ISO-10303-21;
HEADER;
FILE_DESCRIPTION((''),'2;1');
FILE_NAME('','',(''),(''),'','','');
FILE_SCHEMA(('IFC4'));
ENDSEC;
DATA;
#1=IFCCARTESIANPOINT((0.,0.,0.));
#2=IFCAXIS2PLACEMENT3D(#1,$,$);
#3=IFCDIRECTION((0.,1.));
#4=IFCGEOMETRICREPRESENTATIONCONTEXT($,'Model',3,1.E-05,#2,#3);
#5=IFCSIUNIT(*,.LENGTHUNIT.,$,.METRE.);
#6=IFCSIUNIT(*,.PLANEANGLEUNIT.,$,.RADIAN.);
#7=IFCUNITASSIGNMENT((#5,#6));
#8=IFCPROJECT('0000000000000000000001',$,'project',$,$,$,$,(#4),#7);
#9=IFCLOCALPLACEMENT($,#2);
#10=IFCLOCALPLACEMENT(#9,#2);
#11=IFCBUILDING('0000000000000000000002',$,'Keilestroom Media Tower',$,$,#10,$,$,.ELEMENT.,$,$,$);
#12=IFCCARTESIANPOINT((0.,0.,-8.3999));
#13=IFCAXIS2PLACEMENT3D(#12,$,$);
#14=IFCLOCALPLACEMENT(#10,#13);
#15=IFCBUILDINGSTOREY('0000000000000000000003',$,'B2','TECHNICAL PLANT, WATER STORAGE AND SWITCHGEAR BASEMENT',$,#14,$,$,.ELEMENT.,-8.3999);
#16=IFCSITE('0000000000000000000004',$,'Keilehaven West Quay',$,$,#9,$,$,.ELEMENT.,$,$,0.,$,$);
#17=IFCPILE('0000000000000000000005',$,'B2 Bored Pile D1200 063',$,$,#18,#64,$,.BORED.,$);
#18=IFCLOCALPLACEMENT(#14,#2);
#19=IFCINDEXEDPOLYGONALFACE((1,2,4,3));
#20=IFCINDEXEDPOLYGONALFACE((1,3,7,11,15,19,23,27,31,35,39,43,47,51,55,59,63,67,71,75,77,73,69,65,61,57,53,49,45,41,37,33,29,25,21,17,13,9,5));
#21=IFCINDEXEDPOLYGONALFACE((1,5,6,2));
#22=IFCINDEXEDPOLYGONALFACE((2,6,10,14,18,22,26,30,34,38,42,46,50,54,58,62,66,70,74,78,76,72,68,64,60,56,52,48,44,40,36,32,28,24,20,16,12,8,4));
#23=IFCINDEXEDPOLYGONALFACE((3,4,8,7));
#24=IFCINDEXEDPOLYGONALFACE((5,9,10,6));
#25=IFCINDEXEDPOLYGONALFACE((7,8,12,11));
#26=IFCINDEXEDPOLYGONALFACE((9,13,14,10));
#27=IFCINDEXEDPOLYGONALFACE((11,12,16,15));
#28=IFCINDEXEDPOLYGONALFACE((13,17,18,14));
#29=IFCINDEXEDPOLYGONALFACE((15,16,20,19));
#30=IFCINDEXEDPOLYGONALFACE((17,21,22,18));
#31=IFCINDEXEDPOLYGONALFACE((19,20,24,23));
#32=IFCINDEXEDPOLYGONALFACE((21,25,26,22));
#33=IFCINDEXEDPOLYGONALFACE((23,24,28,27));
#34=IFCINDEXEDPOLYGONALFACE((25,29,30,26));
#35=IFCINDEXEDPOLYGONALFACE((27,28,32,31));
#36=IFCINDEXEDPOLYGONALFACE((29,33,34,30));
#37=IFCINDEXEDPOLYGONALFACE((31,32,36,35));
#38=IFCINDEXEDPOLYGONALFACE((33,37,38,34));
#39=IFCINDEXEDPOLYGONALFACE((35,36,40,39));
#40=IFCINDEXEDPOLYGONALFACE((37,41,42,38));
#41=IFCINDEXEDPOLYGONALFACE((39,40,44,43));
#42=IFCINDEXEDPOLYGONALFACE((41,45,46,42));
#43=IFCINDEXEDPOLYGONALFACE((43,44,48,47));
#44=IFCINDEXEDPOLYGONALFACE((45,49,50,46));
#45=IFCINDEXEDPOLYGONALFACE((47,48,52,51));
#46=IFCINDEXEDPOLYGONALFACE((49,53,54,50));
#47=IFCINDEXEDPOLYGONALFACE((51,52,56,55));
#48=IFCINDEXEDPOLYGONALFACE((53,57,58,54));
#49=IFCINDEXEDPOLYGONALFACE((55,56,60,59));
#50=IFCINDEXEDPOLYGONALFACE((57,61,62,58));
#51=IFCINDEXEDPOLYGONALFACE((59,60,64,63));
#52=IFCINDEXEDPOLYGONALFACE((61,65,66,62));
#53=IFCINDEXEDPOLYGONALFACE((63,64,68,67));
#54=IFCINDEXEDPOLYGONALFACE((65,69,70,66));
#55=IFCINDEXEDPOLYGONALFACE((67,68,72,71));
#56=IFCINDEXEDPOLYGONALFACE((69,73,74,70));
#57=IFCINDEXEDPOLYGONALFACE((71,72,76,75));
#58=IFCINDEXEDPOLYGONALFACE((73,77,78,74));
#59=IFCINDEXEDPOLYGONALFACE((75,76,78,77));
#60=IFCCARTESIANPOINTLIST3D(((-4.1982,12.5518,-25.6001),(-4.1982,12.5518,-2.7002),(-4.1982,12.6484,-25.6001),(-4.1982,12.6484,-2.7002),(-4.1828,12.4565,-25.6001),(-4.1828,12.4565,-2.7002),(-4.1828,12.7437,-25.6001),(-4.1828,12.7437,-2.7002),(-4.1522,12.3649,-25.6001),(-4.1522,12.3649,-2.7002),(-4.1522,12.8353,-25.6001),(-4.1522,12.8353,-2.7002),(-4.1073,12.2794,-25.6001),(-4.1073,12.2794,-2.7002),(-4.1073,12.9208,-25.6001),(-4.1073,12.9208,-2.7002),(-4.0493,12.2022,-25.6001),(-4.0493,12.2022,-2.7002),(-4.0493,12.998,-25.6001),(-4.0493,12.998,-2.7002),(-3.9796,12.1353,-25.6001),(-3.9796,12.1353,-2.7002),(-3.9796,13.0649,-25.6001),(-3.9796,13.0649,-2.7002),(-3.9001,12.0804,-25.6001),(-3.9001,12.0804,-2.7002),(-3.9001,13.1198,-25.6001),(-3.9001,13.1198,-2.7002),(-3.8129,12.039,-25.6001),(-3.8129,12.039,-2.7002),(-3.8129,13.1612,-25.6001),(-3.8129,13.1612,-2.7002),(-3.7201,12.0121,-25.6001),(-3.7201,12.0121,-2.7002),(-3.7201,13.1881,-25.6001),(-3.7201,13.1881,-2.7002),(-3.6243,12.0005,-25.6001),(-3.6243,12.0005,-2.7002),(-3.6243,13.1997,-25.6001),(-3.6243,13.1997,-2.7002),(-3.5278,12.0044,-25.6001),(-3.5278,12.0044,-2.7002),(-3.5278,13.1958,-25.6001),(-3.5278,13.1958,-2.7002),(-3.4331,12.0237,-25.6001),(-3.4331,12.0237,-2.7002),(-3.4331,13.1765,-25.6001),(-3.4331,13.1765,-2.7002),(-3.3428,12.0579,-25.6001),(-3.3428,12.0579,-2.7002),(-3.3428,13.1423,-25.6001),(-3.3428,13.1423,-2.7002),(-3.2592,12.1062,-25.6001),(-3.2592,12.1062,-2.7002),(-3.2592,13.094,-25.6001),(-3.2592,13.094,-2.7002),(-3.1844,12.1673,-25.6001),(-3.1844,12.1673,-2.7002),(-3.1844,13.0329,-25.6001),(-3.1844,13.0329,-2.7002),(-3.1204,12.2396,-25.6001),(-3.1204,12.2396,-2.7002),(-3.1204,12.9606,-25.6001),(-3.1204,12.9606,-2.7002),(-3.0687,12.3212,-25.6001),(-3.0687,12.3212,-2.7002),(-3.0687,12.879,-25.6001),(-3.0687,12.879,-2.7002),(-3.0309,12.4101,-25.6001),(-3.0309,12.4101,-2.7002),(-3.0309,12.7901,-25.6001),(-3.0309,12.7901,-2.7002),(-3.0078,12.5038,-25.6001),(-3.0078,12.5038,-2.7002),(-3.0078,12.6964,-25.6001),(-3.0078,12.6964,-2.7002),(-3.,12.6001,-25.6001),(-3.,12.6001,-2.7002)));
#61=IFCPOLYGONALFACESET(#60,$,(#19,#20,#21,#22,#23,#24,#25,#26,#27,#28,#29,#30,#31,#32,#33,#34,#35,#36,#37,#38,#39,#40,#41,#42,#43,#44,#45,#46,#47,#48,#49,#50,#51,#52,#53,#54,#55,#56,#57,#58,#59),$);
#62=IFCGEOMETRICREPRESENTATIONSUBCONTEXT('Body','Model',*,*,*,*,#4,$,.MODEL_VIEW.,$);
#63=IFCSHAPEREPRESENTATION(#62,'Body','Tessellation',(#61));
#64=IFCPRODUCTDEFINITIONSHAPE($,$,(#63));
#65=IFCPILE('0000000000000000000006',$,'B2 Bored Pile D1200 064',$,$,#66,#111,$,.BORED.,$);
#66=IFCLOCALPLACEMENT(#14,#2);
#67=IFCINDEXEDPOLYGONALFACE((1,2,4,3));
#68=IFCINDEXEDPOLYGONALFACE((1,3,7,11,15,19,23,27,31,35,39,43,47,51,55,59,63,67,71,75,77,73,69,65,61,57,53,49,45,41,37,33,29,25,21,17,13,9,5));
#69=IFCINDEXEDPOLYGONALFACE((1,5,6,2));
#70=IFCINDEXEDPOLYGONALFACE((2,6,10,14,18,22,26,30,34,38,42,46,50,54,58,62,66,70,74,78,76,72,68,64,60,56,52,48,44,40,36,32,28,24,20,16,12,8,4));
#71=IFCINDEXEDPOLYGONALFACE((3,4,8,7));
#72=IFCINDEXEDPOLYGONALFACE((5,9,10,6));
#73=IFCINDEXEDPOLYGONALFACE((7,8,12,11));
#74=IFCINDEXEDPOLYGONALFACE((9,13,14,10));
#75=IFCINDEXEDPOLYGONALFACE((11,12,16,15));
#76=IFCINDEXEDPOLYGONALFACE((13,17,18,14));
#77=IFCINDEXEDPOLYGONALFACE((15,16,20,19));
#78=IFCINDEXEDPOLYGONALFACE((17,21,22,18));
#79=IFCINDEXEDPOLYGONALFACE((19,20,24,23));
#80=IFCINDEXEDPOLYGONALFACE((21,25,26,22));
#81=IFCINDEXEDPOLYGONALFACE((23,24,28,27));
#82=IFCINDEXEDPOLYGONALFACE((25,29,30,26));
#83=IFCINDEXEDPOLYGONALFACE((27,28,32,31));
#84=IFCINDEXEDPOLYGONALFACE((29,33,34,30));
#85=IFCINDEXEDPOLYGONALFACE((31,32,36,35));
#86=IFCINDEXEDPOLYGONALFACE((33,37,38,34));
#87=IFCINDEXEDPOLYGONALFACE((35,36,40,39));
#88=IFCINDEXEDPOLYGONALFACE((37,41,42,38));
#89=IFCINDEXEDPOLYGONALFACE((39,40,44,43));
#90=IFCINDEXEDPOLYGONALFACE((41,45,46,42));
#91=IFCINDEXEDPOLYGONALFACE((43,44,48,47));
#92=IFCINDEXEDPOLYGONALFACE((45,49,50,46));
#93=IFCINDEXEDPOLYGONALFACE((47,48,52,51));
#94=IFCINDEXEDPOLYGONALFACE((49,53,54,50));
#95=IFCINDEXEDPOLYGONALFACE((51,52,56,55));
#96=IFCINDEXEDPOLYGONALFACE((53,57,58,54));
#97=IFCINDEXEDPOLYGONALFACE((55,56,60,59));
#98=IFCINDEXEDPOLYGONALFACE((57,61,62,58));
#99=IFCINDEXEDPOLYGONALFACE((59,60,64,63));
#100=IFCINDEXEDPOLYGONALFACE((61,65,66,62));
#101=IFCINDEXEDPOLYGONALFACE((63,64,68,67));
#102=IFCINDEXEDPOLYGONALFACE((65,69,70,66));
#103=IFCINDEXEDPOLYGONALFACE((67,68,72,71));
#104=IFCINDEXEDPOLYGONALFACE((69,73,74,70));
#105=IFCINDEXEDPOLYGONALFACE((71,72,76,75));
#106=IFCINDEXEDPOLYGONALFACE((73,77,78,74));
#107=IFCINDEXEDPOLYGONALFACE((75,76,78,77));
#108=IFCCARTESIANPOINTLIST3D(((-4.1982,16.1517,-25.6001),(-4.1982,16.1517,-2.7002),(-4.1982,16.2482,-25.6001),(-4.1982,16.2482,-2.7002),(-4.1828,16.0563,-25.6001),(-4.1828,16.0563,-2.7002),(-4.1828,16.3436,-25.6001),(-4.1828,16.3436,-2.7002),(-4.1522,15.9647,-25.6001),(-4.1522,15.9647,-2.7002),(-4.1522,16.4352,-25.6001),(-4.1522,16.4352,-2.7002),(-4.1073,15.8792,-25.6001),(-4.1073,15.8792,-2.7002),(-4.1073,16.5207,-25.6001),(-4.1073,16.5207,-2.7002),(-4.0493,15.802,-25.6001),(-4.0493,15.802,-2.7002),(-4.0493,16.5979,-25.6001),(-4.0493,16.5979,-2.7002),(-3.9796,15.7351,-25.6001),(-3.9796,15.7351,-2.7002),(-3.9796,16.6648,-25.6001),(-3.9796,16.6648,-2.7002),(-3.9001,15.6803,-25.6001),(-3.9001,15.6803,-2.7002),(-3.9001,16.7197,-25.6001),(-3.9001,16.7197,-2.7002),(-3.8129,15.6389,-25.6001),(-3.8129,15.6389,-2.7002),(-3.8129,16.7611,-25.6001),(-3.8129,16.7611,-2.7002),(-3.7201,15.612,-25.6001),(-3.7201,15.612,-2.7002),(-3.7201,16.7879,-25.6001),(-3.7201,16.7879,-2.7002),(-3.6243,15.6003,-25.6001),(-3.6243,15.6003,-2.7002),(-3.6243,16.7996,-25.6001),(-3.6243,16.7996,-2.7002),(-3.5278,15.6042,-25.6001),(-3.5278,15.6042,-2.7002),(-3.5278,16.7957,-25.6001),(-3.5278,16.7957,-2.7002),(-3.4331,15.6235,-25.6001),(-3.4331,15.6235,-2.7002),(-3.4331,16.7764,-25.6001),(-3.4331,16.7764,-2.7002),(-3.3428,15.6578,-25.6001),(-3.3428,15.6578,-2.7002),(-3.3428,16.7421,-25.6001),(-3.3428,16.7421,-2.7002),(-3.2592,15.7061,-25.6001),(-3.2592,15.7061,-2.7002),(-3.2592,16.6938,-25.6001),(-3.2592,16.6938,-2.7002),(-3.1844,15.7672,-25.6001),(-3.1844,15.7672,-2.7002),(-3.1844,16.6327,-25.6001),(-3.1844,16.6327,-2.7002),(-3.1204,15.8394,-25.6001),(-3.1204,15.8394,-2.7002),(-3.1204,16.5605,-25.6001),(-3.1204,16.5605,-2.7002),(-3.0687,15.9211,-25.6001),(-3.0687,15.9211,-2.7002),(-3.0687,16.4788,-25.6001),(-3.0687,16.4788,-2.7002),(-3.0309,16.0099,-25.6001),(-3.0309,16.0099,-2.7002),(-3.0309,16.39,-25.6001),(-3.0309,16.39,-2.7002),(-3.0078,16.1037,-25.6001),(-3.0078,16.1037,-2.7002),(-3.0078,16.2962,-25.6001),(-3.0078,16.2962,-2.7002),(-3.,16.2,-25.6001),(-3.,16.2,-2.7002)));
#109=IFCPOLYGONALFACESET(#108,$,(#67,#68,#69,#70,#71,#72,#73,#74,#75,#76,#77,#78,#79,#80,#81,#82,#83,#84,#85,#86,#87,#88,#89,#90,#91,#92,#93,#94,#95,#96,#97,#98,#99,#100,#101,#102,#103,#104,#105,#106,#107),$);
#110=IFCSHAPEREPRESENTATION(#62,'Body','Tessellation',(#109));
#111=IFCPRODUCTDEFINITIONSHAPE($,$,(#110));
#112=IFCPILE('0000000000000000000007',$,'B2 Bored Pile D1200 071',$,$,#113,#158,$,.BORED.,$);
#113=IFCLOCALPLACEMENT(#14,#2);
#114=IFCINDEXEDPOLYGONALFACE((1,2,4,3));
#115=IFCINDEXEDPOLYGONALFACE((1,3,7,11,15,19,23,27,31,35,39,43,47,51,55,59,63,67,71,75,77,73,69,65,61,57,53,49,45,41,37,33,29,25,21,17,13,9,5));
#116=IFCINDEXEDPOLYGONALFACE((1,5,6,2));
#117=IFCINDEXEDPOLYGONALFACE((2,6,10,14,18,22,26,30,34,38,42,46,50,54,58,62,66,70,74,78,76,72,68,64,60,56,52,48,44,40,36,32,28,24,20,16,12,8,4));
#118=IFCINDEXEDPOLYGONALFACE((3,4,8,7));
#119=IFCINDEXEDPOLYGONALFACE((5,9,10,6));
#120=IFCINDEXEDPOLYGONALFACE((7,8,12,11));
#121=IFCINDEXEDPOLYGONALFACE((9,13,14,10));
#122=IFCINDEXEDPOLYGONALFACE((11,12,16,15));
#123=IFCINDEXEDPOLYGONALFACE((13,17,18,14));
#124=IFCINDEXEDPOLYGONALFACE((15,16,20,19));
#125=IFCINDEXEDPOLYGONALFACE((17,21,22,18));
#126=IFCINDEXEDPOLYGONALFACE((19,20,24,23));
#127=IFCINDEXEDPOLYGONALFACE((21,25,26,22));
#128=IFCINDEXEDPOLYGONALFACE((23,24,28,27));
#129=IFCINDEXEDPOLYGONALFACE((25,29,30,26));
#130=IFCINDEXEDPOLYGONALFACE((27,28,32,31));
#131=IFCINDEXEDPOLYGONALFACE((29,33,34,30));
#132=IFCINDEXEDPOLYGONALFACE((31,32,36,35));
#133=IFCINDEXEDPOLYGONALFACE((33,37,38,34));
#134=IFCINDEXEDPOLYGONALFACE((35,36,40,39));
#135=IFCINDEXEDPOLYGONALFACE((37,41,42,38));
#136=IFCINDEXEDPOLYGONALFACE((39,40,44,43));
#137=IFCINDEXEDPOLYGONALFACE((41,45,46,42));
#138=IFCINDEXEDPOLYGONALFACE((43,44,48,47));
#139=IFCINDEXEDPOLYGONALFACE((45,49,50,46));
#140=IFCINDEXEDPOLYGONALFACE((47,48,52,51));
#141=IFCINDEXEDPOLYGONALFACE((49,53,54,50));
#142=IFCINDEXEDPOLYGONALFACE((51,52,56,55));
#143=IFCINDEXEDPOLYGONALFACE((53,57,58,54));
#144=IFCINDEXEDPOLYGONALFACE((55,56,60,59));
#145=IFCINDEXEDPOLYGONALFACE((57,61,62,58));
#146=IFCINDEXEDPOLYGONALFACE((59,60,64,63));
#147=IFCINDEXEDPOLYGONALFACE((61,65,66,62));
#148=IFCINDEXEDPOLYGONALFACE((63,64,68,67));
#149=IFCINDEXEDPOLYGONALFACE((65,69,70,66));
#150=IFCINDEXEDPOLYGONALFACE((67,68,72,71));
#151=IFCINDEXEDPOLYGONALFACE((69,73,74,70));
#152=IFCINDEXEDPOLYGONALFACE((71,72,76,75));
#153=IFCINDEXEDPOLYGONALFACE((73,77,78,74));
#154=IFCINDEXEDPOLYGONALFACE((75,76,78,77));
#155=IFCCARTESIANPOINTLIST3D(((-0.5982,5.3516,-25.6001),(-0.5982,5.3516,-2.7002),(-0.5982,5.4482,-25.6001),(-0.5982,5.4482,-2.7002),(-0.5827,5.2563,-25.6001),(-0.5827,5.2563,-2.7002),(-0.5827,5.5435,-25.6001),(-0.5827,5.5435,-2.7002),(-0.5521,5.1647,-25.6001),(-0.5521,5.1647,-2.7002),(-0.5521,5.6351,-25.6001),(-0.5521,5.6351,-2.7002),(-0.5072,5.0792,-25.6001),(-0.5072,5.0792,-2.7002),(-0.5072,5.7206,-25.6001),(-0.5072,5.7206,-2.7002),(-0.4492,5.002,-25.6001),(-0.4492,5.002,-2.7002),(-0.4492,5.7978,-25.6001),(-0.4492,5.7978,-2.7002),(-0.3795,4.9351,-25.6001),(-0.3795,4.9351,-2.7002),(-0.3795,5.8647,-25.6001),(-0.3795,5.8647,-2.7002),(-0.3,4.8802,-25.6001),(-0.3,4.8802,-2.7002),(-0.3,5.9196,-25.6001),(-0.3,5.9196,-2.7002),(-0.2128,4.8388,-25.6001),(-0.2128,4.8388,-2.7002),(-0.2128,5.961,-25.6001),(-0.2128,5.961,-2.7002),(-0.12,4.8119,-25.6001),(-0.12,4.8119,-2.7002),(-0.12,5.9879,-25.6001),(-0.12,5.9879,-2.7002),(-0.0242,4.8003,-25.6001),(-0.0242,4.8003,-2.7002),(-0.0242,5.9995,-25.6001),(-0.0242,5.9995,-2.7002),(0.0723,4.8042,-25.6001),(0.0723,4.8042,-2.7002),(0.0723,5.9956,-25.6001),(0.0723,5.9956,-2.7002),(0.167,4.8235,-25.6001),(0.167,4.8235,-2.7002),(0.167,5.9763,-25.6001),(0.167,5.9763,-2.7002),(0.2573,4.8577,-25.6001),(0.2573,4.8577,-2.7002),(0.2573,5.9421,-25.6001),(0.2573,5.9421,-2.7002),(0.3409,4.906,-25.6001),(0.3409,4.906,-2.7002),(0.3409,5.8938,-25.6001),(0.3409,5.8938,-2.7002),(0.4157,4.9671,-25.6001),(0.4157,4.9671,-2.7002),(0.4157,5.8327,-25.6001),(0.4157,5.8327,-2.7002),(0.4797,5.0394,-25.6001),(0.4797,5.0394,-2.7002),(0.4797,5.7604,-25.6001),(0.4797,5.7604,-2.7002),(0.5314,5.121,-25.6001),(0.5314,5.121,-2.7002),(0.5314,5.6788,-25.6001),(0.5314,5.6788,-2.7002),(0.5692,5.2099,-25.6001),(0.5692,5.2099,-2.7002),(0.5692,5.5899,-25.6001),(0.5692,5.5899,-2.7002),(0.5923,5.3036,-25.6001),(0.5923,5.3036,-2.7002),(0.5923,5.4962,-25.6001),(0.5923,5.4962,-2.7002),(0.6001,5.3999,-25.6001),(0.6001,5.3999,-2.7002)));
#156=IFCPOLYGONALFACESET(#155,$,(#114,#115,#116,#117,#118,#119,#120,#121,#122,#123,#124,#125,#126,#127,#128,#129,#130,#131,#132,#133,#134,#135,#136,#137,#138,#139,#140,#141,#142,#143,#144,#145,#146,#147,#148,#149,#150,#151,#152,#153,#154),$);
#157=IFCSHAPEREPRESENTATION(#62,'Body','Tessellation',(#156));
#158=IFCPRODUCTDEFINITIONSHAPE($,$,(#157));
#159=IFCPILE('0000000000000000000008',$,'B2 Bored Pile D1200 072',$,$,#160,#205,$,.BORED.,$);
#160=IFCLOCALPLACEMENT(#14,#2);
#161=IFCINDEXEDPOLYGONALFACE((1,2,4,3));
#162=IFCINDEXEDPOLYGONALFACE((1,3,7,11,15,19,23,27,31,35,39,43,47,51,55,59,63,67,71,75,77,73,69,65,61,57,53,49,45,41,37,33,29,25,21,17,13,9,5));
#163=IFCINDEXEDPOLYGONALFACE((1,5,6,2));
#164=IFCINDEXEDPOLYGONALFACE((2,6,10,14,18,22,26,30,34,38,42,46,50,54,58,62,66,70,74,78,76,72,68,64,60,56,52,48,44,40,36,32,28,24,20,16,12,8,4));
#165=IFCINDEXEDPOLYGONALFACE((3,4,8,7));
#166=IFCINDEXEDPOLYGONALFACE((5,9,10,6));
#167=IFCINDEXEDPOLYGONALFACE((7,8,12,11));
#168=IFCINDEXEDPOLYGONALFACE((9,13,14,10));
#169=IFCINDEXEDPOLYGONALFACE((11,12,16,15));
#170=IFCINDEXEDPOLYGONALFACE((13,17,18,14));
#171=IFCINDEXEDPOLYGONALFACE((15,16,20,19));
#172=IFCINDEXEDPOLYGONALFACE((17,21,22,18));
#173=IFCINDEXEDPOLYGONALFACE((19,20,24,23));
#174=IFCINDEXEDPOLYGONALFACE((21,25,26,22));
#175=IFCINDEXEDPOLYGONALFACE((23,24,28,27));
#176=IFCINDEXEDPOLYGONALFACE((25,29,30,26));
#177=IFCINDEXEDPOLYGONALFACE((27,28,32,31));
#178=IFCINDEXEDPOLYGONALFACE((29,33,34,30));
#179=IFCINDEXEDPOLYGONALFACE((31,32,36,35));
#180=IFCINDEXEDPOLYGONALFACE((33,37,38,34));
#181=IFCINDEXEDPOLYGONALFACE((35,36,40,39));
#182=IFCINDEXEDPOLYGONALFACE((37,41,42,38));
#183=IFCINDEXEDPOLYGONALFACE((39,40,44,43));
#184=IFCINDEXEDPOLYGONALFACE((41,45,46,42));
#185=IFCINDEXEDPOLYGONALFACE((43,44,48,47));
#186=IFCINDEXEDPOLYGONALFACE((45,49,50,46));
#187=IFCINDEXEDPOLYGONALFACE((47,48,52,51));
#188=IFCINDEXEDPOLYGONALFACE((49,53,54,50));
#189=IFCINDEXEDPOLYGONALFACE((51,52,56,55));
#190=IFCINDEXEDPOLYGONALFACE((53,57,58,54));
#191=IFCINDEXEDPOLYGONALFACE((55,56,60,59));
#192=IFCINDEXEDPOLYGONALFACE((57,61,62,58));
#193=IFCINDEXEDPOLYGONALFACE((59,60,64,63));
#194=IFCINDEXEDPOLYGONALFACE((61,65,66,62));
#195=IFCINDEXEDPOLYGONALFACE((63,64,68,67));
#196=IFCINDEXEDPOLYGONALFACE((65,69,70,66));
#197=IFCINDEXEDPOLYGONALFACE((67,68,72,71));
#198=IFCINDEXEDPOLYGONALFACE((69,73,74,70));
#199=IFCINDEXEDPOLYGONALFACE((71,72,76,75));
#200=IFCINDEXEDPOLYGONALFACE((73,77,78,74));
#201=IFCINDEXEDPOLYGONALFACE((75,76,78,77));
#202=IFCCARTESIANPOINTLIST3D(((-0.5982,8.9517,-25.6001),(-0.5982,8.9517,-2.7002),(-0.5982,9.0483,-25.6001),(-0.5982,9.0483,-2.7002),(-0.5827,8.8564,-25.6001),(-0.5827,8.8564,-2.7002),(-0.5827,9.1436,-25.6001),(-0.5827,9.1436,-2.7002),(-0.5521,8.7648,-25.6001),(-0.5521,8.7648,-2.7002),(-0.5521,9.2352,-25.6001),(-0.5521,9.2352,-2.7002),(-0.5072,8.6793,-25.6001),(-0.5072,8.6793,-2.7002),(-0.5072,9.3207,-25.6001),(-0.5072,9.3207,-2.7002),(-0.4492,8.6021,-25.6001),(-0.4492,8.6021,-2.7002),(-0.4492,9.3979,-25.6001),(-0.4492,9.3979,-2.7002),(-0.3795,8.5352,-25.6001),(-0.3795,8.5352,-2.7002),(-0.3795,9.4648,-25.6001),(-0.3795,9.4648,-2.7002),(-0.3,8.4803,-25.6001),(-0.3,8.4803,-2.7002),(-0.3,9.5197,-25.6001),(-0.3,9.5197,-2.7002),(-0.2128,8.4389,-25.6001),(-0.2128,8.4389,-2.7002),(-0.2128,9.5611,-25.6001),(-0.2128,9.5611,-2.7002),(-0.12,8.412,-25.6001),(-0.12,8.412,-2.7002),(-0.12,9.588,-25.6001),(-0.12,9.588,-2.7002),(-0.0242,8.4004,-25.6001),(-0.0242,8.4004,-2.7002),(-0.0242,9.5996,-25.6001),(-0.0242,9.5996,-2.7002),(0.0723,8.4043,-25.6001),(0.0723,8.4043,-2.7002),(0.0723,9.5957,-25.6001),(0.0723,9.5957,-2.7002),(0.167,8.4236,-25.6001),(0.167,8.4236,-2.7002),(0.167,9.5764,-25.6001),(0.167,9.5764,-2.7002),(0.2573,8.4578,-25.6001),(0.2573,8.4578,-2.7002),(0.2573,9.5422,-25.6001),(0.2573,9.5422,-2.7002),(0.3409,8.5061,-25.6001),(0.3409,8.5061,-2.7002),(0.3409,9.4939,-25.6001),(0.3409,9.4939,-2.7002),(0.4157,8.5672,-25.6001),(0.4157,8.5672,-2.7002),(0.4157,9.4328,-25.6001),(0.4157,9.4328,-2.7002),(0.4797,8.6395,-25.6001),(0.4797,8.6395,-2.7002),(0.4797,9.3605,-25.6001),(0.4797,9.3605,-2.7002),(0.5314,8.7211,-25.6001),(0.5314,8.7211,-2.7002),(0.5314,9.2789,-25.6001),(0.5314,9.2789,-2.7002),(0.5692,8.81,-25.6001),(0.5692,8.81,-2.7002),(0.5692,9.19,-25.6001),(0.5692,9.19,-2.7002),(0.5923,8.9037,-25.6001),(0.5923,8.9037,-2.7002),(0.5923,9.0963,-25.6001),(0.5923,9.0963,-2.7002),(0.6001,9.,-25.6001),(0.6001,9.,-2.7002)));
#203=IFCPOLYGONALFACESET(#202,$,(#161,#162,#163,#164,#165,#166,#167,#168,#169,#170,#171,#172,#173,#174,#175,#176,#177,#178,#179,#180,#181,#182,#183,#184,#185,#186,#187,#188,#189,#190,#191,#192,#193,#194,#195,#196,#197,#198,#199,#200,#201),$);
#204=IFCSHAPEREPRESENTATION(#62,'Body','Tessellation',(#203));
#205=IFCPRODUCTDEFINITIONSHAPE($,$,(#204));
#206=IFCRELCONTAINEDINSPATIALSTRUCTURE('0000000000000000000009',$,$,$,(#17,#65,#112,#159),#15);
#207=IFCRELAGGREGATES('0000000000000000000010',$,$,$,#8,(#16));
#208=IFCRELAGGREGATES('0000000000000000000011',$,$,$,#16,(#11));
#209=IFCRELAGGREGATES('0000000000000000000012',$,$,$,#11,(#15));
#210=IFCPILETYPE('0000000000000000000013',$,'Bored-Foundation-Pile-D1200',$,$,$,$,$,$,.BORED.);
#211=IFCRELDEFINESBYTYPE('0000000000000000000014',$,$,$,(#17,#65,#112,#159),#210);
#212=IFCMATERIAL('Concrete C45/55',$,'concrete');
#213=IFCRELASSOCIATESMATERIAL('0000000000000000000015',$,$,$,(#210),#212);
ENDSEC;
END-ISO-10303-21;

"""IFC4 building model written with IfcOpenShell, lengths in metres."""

from ifc_helpers import new_model, si_unit, direction, frame, origin, origin_2d, place, context, subcontext, project, spatial, circle, extrude, source, transform, mapped, material, material_profile, profile_set, type_object, element, save


model = new_model("IFC4")

# Units and contexts
model_context = context("Model", 3, precision=1e-05, world=origin(), true_north=direction((0.0, 1.0)))
body_context = subcontext(model_context, "Body", "Model", "MODEL_VIEW")
ifc_project = project(units=[si_unit("LENGTHUNIT", "METRE"), si_unit("PLANEANGLEUNIT", "RADIAN")], contexts=[model_context])

# Site, building, storey
site_placement = place(None, origin())
site = spatial("IfcSite", under=ifc_project, at=site_placement, Name="Keilehaven West Quay", CompositionType="ELEMENT", RefElevation=0.0)
building_placement = place(site_placement, origin())
building = spatial("IfcBuilding", under=site, at=building_placement, Name="Keilestroom Media Tower", CompositionType="ELEMENT")
storey_placement = place(building_placement, frame((0.0, 0.0, -8.3999)))
storey = spatial("IfcBuildingStorey", under=building, at=storey_placement, Name="B2", Description="TECHNICAL PLANT, WATER STORAGE AND SWITCHGEAR BASEMENT", CompositionType="ELEMENT", Elevation=-8.3999)

# Piles
ifc_material_1 = material(Name="Concrete C45/55", Category="concrete")
ifc_material_profile_1 = material_profile(ifc_material_1, circle(Radius=0.6001, at=origin_2d()), Name="BORED PILE D1200")
ifc_profile_set_1 = profile_set([ifc_material_profile_1], Name="Concrete C45/55")
pile_type_1 = type_object("IfcPileType", Name="Bored-Foundation-Pile-D1200", PredefinedType="BORED", material=ifc_profile_set_1)
shared_shape_1 = source(origin(), body_context, "Body", "SweptSolid", [
    extrude(circle(Radius=0.6001, at=origin_2d()), origin(), (0.0, 0.0, 1.0), 22.8999),
])
for number, where, z_axis, x_axis, name in (
    (1, (-3.6001, 12.6001, -2.7002), (0.0, 0.0, -1.0), (1.0, 0.0, 0.0), "B2 Bored Pile D1200 063"),
    (2, (-3.6001, 16.2, -2.7002), (0.0, 0.0, -1.0), (1.0, 0.0, 0.0), "B2 Bored Pile D1200 064"),
    (3, (0.0, 5.3999, -2.7002), (0.0, 0.0, -1.0), (1.0, 0.0, 0.0), "B2 Bored Pile D1200 071"),
    (4, (0.0, 9.0, -2.7002), (0.0, 0.0, -1.0), (1.0, 0.0, 0.0), "B2 Bored Pile D1200 072"),
):
    element("IfcPile", number, at=place(storey_placement, frame(where, z_axis=z_axis, x_axis=x_axis)), inside=storey, type_object=pile_type_1, Name=name, PredefinedType="BORED", context=body_context, shape_type="MappedRepresentation", body=[
        mapped(shared_shape_1, transform((0.0, 0.0, 0.0), x_axis=(1.0, 0.0, 0.0), y_axis=(0.0, 1.0, 0.0), z_axis=(0.0, 0.0, 1.0), scale=1.0)),
    ])

save(model, "model.ifc")
